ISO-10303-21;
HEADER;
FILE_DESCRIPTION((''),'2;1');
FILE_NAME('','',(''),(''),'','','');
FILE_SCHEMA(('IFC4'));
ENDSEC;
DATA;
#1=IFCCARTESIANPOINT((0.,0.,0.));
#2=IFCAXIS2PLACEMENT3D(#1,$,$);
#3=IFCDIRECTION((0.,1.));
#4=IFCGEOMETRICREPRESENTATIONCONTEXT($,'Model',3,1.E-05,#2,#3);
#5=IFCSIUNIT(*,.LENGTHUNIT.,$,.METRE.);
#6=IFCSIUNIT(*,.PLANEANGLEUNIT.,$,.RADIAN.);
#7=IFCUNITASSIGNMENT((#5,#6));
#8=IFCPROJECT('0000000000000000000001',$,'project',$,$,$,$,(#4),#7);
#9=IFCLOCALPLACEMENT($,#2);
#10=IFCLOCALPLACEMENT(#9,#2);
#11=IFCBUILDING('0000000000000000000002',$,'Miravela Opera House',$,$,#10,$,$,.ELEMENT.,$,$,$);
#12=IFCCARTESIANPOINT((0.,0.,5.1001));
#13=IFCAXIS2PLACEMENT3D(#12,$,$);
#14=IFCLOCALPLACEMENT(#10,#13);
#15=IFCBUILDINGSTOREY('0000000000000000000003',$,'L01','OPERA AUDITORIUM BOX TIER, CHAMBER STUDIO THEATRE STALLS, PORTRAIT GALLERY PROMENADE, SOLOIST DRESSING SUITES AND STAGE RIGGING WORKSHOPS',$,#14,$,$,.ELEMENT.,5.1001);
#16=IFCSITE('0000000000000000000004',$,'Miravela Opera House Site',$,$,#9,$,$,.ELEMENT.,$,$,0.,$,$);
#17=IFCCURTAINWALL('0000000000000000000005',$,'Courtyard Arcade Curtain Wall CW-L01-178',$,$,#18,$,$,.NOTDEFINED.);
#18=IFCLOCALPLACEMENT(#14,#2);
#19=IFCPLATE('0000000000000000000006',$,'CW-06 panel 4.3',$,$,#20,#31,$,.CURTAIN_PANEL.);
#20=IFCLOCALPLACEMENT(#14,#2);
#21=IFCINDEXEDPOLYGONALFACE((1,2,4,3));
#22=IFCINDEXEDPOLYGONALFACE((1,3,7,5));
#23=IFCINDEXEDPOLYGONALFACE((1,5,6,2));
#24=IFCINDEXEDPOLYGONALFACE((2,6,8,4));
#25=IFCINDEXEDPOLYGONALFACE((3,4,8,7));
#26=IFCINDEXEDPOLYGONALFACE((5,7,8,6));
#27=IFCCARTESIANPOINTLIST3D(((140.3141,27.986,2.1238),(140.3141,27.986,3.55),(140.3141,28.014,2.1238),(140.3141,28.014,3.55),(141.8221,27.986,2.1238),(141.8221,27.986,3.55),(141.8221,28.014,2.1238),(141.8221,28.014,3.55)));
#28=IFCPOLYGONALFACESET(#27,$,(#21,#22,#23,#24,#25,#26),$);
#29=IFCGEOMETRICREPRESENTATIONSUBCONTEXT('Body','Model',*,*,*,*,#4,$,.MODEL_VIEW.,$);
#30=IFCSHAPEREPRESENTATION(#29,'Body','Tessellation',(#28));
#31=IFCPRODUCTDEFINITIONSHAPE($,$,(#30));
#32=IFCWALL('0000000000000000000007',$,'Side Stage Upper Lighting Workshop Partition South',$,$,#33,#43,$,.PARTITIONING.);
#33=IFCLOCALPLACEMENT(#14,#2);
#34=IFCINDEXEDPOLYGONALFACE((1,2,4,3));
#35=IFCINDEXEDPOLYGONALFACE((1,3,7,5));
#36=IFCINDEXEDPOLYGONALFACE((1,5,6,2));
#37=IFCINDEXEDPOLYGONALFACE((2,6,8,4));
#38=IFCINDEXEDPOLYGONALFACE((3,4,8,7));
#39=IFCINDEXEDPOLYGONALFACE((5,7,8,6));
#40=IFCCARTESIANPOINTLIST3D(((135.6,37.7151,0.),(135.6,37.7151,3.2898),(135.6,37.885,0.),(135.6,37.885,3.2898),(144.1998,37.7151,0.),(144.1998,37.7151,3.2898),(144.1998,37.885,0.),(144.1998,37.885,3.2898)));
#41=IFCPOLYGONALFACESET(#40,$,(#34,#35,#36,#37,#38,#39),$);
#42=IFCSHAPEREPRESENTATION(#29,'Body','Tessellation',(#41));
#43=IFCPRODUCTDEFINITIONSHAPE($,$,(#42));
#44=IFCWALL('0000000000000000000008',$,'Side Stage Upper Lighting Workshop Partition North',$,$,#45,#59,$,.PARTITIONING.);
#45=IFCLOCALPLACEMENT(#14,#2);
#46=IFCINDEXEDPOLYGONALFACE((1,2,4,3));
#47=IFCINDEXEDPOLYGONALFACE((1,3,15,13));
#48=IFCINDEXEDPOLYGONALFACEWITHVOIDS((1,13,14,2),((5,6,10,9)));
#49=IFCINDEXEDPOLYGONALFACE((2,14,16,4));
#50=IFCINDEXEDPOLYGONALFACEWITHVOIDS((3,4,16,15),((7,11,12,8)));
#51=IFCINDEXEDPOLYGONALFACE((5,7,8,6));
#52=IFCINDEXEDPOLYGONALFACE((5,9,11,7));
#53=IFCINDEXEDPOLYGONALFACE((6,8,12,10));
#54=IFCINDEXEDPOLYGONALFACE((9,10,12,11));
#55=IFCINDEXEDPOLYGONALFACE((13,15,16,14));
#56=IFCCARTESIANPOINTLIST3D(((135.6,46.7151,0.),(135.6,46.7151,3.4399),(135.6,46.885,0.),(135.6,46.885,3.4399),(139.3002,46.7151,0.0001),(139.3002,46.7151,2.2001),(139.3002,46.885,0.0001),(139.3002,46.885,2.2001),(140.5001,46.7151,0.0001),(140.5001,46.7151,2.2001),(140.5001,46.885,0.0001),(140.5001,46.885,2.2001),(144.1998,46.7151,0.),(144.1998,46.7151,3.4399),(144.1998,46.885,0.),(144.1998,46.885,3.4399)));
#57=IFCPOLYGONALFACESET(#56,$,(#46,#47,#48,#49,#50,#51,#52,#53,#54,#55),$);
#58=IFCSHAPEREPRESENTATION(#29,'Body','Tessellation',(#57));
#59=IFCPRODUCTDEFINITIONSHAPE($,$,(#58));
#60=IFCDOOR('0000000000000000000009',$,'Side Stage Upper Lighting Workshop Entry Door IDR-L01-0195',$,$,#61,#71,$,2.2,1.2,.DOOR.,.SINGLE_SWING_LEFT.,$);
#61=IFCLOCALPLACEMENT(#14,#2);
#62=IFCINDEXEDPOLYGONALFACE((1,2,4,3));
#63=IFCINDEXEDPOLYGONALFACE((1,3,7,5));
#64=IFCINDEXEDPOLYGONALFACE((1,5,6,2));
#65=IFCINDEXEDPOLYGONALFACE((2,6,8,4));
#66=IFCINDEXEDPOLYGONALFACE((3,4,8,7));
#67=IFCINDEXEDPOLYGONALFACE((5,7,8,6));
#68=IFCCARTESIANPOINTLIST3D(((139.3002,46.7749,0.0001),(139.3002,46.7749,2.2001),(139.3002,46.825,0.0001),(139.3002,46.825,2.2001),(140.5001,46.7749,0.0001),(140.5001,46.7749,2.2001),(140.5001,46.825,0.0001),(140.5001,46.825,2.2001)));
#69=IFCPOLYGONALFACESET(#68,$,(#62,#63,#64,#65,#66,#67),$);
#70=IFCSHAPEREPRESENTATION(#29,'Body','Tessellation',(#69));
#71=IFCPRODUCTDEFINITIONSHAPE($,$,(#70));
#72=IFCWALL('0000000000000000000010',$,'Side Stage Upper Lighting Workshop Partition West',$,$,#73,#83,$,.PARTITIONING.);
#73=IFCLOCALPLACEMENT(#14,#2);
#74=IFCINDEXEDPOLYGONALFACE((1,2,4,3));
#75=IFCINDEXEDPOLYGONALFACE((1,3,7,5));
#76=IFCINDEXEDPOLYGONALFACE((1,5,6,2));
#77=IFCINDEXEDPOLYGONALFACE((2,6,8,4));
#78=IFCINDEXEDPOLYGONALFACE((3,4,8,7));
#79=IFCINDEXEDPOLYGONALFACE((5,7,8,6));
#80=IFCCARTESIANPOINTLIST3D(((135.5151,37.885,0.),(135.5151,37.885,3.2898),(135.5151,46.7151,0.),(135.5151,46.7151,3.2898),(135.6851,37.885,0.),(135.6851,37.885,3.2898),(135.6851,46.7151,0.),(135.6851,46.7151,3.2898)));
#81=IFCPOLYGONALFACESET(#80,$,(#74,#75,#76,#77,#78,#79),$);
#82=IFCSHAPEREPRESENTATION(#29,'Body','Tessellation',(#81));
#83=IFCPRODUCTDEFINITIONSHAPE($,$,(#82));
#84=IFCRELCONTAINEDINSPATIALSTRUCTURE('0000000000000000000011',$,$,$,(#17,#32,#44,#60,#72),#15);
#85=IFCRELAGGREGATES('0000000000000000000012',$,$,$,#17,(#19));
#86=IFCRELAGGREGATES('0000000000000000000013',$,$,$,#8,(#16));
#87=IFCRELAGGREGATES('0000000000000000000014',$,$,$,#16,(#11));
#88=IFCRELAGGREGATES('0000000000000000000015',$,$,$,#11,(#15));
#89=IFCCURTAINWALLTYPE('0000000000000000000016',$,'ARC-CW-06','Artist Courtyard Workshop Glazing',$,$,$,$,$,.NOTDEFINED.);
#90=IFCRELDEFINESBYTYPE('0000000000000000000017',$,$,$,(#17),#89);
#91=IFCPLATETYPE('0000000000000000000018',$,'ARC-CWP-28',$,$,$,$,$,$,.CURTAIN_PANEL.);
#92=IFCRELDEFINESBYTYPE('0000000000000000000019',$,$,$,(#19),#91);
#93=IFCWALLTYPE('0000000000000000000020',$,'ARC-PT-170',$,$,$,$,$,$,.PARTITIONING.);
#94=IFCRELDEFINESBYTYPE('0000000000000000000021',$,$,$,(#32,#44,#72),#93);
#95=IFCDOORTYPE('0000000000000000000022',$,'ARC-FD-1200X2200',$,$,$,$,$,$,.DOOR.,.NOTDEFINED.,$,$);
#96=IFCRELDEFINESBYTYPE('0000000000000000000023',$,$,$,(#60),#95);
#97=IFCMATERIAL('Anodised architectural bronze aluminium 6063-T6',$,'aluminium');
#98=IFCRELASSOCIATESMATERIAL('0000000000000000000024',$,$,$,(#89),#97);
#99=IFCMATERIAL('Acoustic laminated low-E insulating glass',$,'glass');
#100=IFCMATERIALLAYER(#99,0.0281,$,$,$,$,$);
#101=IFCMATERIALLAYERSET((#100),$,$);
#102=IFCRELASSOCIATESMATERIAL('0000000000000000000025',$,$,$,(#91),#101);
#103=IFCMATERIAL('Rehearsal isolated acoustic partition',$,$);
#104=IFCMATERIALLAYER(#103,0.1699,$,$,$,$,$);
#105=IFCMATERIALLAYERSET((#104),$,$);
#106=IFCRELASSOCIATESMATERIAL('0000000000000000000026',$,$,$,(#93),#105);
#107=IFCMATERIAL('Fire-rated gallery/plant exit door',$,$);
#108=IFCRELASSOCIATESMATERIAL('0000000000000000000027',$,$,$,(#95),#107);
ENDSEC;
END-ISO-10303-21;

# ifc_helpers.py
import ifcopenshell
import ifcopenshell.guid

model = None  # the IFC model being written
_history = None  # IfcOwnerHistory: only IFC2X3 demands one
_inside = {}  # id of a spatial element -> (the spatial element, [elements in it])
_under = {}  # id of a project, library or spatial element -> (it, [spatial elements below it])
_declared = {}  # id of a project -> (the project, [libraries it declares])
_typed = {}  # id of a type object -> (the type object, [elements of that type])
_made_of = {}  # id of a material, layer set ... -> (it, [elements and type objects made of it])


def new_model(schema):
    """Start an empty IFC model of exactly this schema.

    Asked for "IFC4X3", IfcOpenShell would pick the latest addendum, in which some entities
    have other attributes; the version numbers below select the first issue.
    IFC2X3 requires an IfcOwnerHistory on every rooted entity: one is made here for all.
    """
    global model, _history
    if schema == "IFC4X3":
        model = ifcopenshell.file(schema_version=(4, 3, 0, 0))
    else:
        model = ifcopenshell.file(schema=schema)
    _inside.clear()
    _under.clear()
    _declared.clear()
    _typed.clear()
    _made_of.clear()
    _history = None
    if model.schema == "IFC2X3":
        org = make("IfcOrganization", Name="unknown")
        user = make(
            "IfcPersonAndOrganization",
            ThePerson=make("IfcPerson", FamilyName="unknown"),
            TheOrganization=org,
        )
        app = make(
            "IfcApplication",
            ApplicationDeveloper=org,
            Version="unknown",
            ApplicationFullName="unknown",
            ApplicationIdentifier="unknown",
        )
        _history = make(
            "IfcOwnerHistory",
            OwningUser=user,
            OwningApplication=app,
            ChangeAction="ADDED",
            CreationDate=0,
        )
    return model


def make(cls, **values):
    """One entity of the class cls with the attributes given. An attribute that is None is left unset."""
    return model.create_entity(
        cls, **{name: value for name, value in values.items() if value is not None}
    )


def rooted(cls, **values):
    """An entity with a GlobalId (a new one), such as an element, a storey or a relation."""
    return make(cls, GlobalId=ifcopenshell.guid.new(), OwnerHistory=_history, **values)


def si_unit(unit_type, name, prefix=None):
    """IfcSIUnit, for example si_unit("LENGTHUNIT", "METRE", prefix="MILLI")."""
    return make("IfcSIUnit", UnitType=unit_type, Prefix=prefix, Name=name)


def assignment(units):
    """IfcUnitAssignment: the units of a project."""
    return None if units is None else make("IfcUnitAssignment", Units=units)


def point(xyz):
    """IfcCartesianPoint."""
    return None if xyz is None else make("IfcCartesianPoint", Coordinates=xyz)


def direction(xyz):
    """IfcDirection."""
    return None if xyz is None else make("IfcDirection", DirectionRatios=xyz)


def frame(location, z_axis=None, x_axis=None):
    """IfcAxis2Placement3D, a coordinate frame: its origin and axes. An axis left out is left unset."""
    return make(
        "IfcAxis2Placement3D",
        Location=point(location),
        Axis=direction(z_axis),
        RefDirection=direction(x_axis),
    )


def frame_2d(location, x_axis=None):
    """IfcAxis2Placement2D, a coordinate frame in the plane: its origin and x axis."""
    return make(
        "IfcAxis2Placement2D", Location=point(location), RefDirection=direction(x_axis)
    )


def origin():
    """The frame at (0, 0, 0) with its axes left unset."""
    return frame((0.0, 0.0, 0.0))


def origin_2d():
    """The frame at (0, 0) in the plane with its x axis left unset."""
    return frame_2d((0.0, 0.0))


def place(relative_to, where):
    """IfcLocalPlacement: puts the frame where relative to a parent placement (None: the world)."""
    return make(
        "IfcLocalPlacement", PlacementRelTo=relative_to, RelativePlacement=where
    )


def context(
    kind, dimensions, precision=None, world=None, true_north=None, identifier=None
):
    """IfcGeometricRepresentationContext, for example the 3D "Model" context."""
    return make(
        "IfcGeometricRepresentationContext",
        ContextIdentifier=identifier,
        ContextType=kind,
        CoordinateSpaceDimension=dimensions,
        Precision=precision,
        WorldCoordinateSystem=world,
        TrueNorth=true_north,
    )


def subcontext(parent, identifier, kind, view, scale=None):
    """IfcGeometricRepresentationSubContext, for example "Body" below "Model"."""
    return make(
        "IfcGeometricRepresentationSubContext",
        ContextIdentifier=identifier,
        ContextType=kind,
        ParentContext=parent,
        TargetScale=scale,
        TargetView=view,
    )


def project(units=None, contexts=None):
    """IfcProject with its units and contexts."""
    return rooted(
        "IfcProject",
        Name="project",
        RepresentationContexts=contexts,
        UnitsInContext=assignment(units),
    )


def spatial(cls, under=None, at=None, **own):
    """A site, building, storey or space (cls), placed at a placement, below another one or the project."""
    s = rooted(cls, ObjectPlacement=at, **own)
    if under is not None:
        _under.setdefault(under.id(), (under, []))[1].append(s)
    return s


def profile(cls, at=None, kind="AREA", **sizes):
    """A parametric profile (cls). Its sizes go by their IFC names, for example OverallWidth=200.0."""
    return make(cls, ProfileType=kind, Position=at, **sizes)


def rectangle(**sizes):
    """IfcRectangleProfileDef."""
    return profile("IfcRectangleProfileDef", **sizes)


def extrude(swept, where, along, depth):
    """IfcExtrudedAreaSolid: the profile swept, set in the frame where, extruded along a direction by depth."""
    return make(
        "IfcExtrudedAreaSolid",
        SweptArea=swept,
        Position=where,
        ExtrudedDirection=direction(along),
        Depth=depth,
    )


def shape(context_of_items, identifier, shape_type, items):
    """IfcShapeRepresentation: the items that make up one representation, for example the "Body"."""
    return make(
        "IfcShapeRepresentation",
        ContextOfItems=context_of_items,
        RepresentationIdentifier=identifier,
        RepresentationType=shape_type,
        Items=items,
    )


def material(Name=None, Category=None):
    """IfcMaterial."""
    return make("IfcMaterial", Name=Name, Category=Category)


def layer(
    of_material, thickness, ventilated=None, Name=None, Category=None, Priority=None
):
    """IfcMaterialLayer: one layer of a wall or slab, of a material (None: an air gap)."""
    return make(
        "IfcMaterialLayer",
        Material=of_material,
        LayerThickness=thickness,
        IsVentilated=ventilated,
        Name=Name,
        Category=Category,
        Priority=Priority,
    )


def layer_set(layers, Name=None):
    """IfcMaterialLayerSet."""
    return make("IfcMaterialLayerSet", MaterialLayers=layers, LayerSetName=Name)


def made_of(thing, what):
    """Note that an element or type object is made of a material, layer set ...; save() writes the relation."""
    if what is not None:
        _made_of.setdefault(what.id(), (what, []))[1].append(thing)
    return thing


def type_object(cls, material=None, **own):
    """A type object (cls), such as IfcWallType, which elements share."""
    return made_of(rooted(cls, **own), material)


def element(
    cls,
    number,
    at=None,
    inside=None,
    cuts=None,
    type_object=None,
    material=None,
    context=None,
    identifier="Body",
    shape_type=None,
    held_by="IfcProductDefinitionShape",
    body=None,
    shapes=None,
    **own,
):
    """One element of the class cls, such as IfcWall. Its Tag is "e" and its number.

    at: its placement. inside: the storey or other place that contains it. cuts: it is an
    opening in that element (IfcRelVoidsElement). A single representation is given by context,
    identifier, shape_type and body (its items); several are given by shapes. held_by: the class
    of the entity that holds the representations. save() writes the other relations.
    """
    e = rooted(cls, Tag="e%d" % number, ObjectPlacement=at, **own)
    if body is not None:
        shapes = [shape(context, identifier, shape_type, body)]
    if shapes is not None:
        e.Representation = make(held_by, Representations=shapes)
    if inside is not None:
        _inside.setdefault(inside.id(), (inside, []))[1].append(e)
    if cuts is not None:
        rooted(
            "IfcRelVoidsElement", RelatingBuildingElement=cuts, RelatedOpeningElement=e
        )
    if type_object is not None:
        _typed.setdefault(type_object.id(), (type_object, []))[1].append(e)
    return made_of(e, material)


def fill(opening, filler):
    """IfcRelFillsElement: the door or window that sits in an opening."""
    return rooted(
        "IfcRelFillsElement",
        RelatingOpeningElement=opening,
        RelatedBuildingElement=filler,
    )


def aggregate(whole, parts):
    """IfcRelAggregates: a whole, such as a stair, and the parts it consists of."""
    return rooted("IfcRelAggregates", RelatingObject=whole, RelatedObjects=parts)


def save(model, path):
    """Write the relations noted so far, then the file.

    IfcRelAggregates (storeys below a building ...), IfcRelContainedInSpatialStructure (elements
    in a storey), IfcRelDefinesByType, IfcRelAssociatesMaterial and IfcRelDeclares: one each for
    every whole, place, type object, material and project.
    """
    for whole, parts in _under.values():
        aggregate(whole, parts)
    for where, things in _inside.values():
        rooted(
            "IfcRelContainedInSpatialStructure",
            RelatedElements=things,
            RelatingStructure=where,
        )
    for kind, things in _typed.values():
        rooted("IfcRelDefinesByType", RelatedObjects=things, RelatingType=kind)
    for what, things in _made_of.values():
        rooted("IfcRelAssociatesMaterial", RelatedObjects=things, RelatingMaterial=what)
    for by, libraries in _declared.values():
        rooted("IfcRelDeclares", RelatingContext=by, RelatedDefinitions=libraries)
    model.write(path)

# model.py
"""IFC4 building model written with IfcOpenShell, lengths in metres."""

from ifc_helpers import new_model, si_unit, direction, frame, frame_2d, origin, origin_2d, place, context, subcontext, project, spatial, rectangle, extrude, material, layer, layer_set, type_object, element, fill, aggregate, save


model = new_model("IFC4")

# Units and contexts
model_context = context("Model", 3, precision=1e-05, world=origin(), true_north=direction((0.0, 1.0)))
body_context = subcontext(model_context, "Body", "Model", "MODEL_VIEW")
ifc_project = project(units=[si_unit("LENGTHUNIT", "METRE"), si_unit("PLANEANGLEUNIT", "RADIAN")], contexts=[model_context])

# Site, building, storey
site_placement = place(None, origin())
site = spatial("IfcSite", under=ifc_project, at=site_placement, Name="Miravela Opera House Site", CompositionType="ELEMENT", RefElevation=0.0)
building_placement = place(site_placement, origin())
building = spatial("IfcBuilding", under=site, at=building_placement, Name="Miravela Opera House", CompositionType="ELEMENT")
storey_placement = place(building_placement, frame((0.0, 0.0, 5.1001)))
storey = spatial("IfcBuildingStorey", under=building, at=storey_placement, Name="L01", Description="OPERA AUDITORIUM BOX TIER, CHAMBER STUDIO THEATRE STALLS, PORTRAIT GALLERY PROMENADE, SOLOIST DRESSING SUITES AND STAGE RIGGING WORKSHOPS", CompositionType="ELEMENT", Elevation=5.1001)

# Curtain wall
ifc_material_1 = material(Name="Anodised architectural bronze aluminium 6063-T6", Category="aluminium")
curtain_wall_type = type_object("IfcCurtainWallType", Name="ARC-CW-06", Description="Artist Courtyard Workshop Glazing", PredefinedType="NOTDEFINED", material=ifc_material_1)
curtain_wall_placement = place(storey_placement, origin())
curtain_wall = element("IfcCurtainWall", 1, at=curtain_wall_placement, inside=storey, type_object=curtain_wall_type, Name="Courtyard Arcade Curtain Wall CW-L01-178", PredefinedType="NOTDEFINED")

# Plate
ifc_material_2 = material(Name="Acoustic laminated low-E insulating glass", Category="glass")
ifc_layer_1 = layer(ifc_material_2, 0.0281)
ifc_layer_set_1 = layer_set([ifc_layer_1])
plate_type = type_object("IfcPlateType", Name="ARC-CWP-28", PredefinedType="CURTAIN_PANEL", material=ifc_layer_set_1)
plate_1_placement = place(storey_placement, frame((141.0681, 28.0, 2.1238), z_axis=(0.0, 0.0, 1.0), x_axis=(1.0, 0.0, 0.0)))
plate_1 = element("IfcPlate", 2, at=plate_1_placement, type_object=plate_type, Name="CW-06 panel 4.3", PredefinedType="CURTAIN_PANEL", context=body_context, shape_type="SweptSolid", body=[
    extrude(rectangle(XDim=1.5081, YDim=0.0281, at=origin_2d()), origin(), (0.0, 0.0, 1.0), 1.4263),
])
aggregate(curtain_wall, [plate_1])

# Wall
ifc_material_3 = material(Name="Rehearsal isolated acoustic partition")
ifc_layer_2 = layer(ifc_material_3, 0.1699)
ifc_layer_set_2 = layer_set([ifc_layer_2])
wall_type = type_object("IfcWallType", Name="ARC-PT-170", PredefinedType="PARTITIONING", material=ifc_layer_set_2)
wall_1_placement = place(storey_placement, frame((135.6001, 37.8, 0.0), z_axis=(0.0, 0.0, 1.0), x_axis=(1.0, 0.0, 0.0)))
element("IfcWall", 3, at=wall_1_placement, inside=storey, type_object=wall_type, Name="Side Stage Upper Lighting Workshop Partition South", PredefinedType="PARTITIONING", context=body_context, shape_type="SweptSolid", body=[
    extrude(rectangle(XDim=8.5999, YDim=0.1699, at=frame_2d((4.2998, 0.0))), origin(), (0.0, 0.0, 1.0), 3.2898),
])

# Wall, opening, door
wall_2_placement = place(storey_placement, frame((135.6001, 46.8, 0.0), z_axis=(0.0, 0.0, 1.0), x_axis=(1.0, 0.0, 0.0)))
wall_2 = element("IfcWall", 4, at=wall_2_placement, inside=storey, type_object=wall_type, Name="Side Stage Upper Lighting Workshop Partition North", PredefinedType="PARTITIONING", context=body_context, shape_type="SweptSolid", body=[
    extrude(rectangle(XDim=8.5999, YDim=0.1699, at=frame_2d((4.2998, 0.0))), origin(), (0.0, 0.0, 1.0), 3.4399),
])
opening_placement = place(wall_2_placement, frame((3.7, 0.0, 0.0)))
opening = element("IfcOpeningElement", 5, at=opening_placement, cuts=wall_2, PredefinedType="OPENING", context=body_context, shape_type="SweptSolid", body=[
    extrude(rectangle(XDim=1.2, YDim=2.2, at=frame_2d((0.6001, 1.1001))), frame((0.0, 0.095, 0.0), z_axis=(0.0, -1.0, 0.0), x_axis=(1.0, 0.0, 0.0)), (0.0, 0.0, 1.0), 0.1899),
])
ifc_material_4 = material(Name="Fire-rated gallery/plant exit door")
door_type = type_object("IfcDoorType", Name="ARC-FD-1200X2200", OperationType="NOTDEFINED", PredefinedType="DOOR", material=ifc_material_4)
door_placement = place(opening_placement, origin())
door = element("IfcDoor", 6, at=door_placement, inside=storey, type_object=door_type, Name="Side Stage Upper Lighting Workshop Entry Door IDR-L01-0195", OperationType="SINGLE_SWING_LEFT", OverallHeight=2.2, OverallWidth=1.2, PredefinedType="DOOR", context=body_context, shape_type="SweptSolid", body=[
    extrude(rectangle(XDim=1.2, YDim=2.2, at=frame_2d((0.6001, 1.1001))), frame((0.0, 0.0249, 0.0), z_axis=(0.0, -1.0, 0.0), x_axis=(1.0, 0.0, 0.0)), (0.0, 0.0, 1.0), 0.05),
])
fill(opening, door)

# Wall
wall_3_placement = place(storey_placement, frame((135.6001, 37.885, 0.0), z_axis=(0.0, 0.0, 1.0), x_axis=(0.0, 1.0, 0.0)))
element("IfcWall", 7, at=wall_3_placement, inside=storey, type_object=wall_type, Name="Side Stage Upper Lighting Workshop Partition West", PredefinedType="PARTITIONING", context=body_context, shape_type="SweptSolid", body=[
    extrude(rectangle(XDim=8.8301, YDim=0.1699, at=frame_2d((4.415, 0.0))), origin(), (0.0, 0.0, 1.0), 3.2898),
])

save(model, "model.ifc")
